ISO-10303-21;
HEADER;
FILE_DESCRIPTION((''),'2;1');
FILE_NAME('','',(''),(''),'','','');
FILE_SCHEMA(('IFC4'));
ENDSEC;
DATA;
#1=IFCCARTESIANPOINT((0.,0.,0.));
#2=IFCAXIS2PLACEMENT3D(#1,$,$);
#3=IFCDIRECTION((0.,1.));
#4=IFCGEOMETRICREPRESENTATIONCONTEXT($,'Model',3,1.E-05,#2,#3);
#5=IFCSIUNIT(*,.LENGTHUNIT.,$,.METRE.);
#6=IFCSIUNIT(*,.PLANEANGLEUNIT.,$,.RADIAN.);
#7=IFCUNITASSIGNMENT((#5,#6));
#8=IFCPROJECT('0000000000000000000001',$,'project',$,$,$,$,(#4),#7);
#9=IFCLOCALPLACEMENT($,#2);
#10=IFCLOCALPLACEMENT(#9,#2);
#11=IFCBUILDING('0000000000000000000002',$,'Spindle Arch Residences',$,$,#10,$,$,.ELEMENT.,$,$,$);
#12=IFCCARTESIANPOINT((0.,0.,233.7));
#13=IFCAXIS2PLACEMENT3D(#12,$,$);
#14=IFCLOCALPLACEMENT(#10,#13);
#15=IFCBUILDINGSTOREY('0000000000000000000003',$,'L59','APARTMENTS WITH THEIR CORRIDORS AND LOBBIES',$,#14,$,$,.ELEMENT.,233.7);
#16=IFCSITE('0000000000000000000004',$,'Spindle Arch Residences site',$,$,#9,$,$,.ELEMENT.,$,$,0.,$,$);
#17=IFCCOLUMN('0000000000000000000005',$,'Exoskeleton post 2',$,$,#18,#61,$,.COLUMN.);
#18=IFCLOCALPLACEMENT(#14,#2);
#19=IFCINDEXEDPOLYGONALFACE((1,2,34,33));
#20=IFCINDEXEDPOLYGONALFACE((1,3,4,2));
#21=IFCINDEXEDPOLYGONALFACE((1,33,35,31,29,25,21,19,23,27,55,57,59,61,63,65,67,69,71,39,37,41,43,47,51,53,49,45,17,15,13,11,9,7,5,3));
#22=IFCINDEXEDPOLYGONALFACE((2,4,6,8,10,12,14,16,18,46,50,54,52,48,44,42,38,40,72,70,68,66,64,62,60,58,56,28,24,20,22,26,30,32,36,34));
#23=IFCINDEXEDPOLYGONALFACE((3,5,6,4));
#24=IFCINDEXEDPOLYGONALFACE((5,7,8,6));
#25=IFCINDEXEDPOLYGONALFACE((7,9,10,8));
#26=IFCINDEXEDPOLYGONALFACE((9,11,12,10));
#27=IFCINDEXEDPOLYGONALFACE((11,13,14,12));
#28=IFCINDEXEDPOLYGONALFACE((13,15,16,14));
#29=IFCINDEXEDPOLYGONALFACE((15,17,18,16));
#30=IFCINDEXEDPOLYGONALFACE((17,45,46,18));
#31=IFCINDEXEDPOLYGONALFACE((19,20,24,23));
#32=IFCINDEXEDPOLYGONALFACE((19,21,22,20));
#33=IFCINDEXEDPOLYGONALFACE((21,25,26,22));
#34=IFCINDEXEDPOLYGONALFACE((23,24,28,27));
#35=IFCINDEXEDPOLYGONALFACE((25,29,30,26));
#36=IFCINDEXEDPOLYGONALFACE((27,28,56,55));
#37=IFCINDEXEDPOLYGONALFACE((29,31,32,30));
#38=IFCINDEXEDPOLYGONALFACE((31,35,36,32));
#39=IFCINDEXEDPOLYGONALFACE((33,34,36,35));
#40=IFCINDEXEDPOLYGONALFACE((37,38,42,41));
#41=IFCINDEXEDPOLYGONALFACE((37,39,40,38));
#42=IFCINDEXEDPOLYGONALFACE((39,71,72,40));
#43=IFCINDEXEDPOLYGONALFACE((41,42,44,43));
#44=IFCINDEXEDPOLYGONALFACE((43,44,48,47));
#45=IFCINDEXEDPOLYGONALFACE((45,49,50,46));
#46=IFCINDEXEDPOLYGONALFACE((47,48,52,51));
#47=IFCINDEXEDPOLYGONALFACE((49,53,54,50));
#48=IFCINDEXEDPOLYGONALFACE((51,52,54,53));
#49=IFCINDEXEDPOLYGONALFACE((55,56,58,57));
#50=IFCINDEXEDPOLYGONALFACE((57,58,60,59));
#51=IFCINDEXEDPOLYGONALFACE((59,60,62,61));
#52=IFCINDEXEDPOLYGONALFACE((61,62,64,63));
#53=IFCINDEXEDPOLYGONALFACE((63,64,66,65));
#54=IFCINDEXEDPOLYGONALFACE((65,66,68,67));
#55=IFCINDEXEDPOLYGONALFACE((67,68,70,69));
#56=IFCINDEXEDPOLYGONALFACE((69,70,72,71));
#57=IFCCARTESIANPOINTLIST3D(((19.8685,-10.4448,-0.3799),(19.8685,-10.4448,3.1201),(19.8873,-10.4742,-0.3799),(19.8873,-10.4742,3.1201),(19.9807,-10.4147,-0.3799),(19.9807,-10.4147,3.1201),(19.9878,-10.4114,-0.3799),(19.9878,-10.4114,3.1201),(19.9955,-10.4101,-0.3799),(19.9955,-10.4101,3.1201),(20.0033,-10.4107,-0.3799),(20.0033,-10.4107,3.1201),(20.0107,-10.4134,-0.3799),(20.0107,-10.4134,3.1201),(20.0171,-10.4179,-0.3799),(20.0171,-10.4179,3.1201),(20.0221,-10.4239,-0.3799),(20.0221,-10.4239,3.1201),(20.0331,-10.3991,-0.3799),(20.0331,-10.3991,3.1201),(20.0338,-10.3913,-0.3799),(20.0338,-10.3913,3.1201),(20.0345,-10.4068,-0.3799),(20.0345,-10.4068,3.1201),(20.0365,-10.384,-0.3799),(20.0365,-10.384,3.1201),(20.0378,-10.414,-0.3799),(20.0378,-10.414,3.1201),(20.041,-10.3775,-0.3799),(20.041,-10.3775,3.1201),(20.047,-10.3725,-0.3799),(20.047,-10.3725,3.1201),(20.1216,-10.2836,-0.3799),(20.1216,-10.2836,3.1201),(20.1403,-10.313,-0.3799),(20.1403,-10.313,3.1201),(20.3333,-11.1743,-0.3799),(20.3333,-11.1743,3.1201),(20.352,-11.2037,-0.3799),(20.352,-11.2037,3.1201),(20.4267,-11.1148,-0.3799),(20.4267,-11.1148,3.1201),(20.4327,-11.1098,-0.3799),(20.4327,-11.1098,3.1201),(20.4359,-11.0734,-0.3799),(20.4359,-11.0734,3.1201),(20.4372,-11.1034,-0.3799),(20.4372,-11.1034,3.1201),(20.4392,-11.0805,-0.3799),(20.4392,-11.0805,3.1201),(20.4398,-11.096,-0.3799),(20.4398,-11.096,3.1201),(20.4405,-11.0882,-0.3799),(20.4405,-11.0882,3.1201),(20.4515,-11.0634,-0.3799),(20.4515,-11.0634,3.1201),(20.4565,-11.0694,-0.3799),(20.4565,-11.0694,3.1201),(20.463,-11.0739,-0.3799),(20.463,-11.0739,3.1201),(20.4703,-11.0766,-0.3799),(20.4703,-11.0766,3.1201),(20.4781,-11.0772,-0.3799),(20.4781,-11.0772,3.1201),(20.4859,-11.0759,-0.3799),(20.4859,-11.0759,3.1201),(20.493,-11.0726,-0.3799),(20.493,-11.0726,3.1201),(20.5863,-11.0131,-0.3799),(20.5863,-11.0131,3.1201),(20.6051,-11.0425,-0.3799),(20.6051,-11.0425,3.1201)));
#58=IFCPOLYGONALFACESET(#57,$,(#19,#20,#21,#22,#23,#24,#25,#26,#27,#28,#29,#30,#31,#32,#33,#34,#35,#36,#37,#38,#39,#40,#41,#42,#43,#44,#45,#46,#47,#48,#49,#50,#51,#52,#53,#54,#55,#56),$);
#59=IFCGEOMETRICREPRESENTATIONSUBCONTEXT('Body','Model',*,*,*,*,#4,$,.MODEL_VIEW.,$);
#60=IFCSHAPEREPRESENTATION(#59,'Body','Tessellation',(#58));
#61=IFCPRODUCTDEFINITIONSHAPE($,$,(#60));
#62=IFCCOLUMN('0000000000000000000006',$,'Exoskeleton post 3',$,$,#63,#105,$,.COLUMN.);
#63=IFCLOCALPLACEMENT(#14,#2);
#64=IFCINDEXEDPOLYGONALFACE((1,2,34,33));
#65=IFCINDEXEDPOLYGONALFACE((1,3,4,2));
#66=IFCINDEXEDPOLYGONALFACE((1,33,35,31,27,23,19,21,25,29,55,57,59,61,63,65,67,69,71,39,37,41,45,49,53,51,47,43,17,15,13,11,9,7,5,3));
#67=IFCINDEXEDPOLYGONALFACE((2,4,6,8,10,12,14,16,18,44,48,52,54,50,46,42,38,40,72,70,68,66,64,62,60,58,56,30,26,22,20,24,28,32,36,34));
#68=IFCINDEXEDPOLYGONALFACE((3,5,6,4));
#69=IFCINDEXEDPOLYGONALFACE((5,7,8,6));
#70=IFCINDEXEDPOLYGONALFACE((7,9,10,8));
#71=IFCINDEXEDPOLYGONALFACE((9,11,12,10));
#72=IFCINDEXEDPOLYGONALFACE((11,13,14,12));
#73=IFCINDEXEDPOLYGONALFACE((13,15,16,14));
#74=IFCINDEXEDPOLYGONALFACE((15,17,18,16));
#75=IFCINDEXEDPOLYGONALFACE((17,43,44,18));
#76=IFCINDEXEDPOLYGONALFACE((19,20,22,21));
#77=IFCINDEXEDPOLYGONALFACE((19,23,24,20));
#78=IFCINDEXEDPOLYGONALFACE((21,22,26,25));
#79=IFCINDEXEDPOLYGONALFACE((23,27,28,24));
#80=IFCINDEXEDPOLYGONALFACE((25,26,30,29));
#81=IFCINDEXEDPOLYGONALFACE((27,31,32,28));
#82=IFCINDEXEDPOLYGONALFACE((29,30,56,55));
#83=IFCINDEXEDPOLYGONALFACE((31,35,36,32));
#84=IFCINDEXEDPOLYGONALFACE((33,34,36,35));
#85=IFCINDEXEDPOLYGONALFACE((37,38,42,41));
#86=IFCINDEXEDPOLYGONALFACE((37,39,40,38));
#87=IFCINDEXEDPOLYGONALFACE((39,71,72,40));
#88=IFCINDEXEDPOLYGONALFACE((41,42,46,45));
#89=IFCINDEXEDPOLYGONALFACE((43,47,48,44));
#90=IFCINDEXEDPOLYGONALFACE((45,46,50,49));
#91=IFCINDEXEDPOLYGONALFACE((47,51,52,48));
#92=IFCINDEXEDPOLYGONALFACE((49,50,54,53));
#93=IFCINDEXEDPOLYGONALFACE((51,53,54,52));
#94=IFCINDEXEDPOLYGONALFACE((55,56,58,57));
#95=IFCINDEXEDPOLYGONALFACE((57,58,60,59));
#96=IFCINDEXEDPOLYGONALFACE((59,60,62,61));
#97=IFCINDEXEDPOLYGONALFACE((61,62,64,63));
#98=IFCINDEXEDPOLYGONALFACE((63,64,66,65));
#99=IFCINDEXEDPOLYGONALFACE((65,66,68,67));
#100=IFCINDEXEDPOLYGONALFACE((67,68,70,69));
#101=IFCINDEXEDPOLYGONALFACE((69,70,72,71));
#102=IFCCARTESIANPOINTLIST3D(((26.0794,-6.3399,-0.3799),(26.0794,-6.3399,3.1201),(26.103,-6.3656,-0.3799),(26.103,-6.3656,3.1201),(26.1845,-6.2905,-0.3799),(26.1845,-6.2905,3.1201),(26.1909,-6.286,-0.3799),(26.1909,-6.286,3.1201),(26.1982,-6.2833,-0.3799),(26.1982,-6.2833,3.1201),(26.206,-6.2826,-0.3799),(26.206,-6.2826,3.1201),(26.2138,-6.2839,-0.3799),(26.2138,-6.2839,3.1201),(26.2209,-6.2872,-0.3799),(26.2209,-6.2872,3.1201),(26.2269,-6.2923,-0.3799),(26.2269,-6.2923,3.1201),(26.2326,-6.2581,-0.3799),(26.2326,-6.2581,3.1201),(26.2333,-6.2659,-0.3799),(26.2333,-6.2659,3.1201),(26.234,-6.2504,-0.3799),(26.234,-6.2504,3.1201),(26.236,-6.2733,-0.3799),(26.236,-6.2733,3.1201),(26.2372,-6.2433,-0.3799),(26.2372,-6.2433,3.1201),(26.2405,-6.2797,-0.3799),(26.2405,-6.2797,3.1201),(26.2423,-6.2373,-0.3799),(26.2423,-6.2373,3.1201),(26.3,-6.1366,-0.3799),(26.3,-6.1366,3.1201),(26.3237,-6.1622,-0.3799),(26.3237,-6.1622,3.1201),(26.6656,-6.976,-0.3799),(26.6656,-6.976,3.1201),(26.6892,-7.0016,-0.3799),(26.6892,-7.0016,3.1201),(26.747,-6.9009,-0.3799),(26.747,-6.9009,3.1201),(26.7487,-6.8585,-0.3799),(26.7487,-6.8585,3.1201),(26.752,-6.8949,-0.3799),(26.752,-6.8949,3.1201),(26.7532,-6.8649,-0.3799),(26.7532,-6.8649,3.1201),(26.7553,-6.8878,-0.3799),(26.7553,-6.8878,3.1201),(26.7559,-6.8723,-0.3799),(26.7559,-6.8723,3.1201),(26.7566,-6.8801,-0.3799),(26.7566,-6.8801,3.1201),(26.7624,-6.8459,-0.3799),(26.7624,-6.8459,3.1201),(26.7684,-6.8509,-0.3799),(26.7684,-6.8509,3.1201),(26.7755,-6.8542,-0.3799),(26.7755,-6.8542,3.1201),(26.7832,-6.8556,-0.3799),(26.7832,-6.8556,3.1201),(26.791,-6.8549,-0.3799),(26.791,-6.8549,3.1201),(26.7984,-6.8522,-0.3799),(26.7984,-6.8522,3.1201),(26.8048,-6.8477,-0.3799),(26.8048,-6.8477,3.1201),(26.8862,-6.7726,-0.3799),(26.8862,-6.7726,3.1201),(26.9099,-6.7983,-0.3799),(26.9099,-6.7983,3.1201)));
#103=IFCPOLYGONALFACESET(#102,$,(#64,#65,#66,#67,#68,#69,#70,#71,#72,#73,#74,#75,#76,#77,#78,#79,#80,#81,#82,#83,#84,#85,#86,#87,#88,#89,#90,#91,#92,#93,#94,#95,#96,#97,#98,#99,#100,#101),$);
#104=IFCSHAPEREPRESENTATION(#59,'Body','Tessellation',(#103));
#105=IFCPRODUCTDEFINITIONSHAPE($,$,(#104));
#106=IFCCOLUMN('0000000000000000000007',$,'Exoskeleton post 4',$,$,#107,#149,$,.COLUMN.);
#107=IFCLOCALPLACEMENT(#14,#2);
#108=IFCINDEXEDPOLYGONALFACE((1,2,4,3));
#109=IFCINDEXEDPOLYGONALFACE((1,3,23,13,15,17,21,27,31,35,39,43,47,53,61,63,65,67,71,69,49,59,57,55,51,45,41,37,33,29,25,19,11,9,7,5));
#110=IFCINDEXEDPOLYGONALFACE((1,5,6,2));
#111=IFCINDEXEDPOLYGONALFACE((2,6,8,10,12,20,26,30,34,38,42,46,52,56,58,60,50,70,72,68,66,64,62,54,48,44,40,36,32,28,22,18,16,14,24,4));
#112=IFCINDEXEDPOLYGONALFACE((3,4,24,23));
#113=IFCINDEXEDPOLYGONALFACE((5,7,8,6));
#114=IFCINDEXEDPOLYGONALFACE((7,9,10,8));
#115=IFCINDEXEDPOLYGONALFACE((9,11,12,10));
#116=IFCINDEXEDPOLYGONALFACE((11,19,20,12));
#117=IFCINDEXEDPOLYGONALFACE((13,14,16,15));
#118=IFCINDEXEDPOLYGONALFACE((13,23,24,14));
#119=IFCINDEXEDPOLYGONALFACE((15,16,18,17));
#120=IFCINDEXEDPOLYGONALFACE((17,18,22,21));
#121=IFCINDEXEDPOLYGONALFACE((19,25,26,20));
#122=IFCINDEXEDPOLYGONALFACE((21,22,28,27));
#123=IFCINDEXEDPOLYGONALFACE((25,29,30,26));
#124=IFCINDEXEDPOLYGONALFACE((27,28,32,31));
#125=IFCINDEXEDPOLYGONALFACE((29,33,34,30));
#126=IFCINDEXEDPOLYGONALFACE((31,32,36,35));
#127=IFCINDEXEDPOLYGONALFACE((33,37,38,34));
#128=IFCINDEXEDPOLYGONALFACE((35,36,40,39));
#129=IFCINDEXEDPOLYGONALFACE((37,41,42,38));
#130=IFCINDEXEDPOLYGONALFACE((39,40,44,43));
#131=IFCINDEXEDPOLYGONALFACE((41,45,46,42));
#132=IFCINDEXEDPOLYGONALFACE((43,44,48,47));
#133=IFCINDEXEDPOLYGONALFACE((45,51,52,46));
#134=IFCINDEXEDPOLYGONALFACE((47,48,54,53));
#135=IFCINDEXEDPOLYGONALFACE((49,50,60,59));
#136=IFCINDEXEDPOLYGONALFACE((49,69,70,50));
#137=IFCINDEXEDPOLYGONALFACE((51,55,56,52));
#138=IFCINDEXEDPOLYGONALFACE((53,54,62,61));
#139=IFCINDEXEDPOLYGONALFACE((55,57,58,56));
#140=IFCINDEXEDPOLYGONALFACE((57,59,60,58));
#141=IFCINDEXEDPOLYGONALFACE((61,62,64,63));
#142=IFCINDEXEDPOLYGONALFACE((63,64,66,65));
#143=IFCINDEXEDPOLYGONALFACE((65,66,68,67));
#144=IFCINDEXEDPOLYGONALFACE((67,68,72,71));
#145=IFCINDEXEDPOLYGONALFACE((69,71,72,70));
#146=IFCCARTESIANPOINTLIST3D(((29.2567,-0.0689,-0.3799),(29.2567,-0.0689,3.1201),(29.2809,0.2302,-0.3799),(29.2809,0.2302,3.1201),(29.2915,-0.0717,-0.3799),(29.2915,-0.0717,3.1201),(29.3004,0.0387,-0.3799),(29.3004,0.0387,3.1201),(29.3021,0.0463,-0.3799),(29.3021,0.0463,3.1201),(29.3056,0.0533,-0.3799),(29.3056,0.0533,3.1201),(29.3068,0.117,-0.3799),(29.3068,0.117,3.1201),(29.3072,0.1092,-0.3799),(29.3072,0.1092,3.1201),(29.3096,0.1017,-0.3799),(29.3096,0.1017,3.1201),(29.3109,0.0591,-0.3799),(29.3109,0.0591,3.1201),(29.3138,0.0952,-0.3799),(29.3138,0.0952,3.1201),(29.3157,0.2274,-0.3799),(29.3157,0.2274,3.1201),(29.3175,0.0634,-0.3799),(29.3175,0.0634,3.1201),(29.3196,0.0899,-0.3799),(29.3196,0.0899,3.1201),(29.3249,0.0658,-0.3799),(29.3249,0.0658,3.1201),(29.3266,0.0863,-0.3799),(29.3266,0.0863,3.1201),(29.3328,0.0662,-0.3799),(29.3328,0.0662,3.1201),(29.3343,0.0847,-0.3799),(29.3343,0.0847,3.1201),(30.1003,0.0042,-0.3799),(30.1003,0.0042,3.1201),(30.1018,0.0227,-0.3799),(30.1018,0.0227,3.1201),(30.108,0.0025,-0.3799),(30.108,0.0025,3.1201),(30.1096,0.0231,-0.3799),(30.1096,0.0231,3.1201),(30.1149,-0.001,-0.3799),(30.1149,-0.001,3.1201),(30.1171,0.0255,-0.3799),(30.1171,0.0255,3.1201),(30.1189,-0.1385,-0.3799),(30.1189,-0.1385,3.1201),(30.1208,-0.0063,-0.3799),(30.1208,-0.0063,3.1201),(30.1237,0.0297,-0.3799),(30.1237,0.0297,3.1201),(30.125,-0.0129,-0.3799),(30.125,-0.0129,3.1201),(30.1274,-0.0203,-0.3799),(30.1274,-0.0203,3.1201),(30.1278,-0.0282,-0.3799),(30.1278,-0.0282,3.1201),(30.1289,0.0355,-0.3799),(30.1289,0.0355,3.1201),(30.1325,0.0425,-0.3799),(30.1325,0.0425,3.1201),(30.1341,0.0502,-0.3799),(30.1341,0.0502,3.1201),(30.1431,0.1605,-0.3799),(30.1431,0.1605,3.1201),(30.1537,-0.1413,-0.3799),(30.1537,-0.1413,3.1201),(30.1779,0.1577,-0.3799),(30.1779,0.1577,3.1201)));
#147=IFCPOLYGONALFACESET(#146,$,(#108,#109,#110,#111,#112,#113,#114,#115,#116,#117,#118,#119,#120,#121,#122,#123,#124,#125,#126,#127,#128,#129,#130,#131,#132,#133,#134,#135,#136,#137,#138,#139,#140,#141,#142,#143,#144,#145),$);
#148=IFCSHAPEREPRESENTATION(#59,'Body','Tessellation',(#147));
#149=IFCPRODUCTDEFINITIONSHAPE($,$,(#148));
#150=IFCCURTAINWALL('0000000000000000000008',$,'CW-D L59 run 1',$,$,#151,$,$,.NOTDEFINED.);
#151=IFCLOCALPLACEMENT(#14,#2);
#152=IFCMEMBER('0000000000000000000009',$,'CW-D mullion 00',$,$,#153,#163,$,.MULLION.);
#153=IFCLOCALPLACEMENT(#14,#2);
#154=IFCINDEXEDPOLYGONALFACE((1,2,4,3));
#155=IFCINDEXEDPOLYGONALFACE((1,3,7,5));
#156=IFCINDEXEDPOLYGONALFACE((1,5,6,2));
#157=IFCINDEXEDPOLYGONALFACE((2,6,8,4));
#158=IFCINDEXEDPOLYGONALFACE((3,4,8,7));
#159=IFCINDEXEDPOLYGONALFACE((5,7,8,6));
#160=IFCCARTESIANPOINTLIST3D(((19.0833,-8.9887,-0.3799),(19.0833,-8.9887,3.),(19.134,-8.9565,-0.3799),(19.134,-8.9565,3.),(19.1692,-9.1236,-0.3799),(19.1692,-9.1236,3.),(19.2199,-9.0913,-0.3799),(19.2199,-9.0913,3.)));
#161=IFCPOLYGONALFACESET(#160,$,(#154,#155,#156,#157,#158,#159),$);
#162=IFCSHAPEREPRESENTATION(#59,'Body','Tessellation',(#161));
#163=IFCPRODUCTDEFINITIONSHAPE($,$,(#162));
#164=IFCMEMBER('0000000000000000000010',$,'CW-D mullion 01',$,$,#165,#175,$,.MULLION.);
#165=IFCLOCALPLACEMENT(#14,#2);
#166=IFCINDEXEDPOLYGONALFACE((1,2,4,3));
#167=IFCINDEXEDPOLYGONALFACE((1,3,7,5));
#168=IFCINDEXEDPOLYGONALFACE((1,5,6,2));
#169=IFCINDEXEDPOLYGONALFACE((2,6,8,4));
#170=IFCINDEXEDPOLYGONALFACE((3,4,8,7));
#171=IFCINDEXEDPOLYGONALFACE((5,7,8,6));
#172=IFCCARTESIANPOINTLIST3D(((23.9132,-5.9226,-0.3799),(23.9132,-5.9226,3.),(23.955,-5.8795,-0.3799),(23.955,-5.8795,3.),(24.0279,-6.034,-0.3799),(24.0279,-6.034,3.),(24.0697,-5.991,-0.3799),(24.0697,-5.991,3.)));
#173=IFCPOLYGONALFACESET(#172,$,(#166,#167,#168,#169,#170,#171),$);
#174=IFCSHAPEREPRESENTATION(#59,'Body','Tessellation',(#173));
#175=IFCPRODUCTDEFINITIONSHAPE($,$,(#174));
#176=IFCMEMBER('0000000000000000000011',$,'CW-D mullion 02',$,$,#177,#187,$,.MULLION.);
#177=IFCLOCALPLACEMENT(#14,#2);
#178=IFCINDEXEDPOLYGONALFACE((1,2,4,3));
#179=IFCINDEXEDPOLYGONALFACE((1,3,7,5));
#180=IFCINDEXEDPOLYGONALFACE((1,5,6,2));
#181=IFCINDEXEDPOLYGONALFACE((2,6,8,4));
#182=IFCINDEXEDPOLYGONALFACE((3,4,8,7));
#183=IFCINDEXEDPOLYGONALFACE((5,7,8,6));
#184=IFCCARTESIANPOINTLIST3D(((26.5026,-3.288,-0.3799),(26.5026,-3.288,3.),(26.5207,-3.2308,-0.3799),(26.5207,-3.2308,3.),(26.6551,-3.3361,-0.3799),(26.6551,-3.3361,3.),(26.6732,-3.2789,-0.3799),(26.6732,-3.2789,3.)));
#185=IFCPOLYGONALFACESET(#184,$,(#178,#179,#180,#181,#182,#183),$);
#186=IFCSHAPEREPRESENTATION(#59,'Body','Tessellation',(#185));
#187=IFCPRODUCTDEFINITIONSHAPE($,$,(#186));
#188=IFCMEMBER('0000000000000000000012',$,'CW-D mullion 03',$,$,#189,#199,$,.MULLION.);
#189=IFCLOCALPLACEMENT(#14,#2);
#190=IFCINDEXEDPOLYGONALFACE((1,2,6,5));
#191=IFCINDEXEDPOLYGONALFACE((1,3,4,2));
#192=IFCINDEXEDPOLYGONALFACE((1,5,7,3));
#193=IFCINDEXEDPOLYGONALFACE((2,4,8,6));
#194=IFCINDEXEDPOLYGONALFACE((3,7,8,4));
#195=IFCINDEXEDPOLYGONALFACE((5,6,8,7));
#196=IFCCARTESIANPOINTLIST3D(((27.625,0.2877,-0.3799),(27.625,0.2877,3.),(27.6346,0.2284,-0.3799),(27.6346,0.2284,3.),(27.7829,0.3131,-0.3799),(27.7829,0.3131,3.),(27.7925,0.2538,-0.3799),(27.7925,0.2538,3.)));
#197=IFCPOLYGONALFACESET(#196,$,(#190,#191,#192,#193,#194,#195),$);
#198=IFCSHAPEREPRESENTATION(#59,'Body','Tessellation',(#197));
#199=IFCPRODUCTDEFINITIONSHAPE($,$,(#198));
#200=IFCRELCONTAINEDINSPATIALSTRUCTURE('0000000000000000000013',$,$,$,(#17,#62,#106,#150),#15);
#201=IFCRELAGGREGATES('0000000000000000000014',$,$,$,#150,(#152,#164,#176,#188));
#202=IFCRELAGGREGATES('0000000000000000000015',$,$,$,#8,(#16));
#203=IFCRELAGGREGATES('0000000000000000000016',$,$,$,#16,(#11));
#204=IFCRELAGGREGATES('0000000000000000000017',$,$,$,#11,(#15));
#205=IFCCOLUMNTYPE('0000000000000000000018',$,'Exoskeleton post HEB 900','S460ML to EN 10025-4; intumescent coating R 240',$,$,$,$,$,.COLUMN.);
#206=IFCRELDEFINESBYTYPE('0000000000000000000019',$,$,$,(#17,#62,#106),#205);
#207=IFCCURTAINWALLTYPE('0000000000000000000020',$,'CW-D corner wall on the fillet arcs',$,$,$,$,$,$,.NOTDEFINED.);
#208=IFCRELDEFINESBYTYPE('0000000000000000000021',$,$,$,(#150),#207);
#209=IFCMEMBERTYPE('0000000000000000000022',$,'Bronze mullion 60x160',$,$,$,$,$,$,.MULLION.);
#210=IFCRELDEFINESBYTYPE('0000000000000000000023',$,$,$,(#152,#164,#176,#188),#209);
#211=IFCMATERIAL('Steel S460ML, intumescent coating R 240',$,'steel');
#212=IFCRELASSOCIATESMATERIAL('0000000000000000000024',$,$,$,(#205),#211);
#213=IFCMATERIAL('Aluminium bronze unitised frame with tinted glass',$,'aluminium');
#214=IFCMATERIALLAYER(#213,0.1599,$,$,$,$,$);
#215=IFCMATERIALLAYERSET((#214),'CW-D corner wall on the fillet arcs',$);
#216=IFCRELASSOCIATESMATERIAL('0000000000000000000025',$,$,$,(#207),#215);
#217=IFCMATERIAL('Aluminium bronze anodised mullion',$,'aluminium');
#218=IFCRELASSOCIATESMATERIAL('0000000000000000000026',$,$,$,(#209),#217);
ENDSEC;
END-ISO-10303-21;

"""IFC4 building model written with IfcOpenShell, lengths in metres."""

from ifc_helpers import new_model, si_unit, direction, frame, origin, origin_2d, place, context, subcontext, project, spatial, rectangle, i_section, extrude, material, layer, layer_set, material_profile, profile_set, type_object, element, aggregate, save


model = new_model("IFC4")

# Units and contexts
model_context = context("Model", 3, precision=1e-05, world=origin(), true_north=direction((0.0, 1.0)))
body_context = subcontext(model_context, "Body", "Model", "MODEL_VIEW")
ifc_project = project(units=[si_unit("LENGTHUNIT", "METRE"), si_unit("PLANEANGLEUNIT", "RADIAN")], contexts=[model_context])

# Site, building, storey
site_placement = place(None, origin())
site = spatial("IfcSite", under=ifc_project, at=site_placement, Name="Spindle Arch Residences site", CompositionType="ELEMENT", RefElevation=0.0)
building_placement = place(site_placement, origin())
building = spatial("IfcBuilding", under=site, at=building_placement, Name="Spindle Arch Residences", CompositionType="ELEMENT")
storey_placement = place(building_placement, frame((0.0, 0.0, 233.7)))
storey = spatial("IfcBuildingStorey", under=building, at=storey_placement, Name="L59", Description="APARTMENTS WITH THEIR CORRIDORS AND LOBBIES", CompositionType="ELEMENT", Elevation=233.7)

# Columns
ifc_material_1 = material(Name="Steel S460ML, intumescent coating R 240", Category="steel")
ifc_material_profile_1 = material_profile(ifc_material_1, i_section(OverallWidth=0.3, OverallDepth=0.8999, WebThickness=0.0186, FlangeThickness=0.0349, FilletRadius=0.03, at=origin_2d()), Name="HEB 900")
ifc_profile_set_1 = profile_set([ifc_material_profile_1], Name="Steel S460ML, intumescent coating R 240")
column_type = type_object("IfcColumnType", Name="Exoskeleton post HEB 900", Description="S460ML to EN 10025-4; intumescent coating R 240", PredefinedType="COLUMN", material=ifc_profile_set_1)
for number, where, z_axis, x_axis, name in (
    (1, (20.2368, -10.7437, -0.3799), (0.0, 0.0, 1.0), (-0.843391, -0.5373, 0.0), "Exoskeleton post 2"),
    (2, (26.4946, -6.5691, -0.3799), (0.0, 0.0, 1.0), (-0.735347, -0.677691, 0.0), "Exoskeleton post 3"),
    (3, (29.7173, 0.0444, -0.3799), (0.0, 0.0, 1.0), (-0.080538, -0.996752, 0.0), "Exoskeleton post 4"),
):
    element("IfcColumn", number, at=place(storey_placement, frame(where, z_axis=z_axis, x_axis=x_axis)), inside=storey, type_object=column_type, Name=name, PredefinedType="COLUMN", context=body_context, shape_type="SweptSolid", body=[
        extrude(i_section(OverallWidth=0.3, OverallDepth=0.8999, WebThickness=0.0186, FlangeThickness=0.0349, FilletRadius=0.03, at=origin_2d()), origin(), (0.0, 0.0, 1.0), 3.5),
    ])

# Curtain wall, members
ifc_material_2 = material(Name="Aluminium bronze unitised frame with tinted glass", Category="aluminium")
ifc_layer_1 = layer(ifc_material_2, 0.1599)
ifc_layer_set_1 = layer_set([ifc_layer_1], Name="CW-D corner wall on the fillet arcs")
curtain_wall_type = type_object("IfcCurtainWallType", Name="CW-D corner wall on the fillet arcs", PredefinedType="NOTDEFINED", material=ifc_layer_set_1)
curtain_wall_placement = place(storey_placement, origin())
curtain_wall = element("IfcCurtainWall", 4, at=curtain_wall_placement, inside=storey, type_object=curtain_wall_type, Name="CW-D L59 run 1", PredefinedType="NOTDEFINED")
ifc_material_3 = material(Name="Aluminium bronze anodised mullion", Category="aluminium")
ifc_material_profile_2 = material_profile(ifc_material_3, rectangle(XDim=0.1599, YDim=0.0601, at=origin_2d()), Name="MU 60x160")
ifc_profile_set_2 = profile_set([ifc_material_profile_2], Name="Aluminium bronze anodised mullion")
member_type_1 = type_object("IfcMemberType", Name="Bronze mullion 60x160", PredefinedType="MULLION", material=ifc_profile_set_2)
member_1_placement = place(storey_placement, frame((19.1516, -9.04, -0.3799), z_axis=(0.0, 0.0, 1.0), x_axis=(-0.5373, 0.843391, 0.0)))
member_1 = element("IfcMember", 5, at=member_1_placement, type_object=member_type_1, Name="CW-D mullion 00", PredefinedType="MULLION", context=body_context, shape_type="SweptSolid", body=[
    extrude(rectangle(XDim=0.1599, YDim=0.0601, at=origin_2d()), origin(), (0.0, 0.0, 1.0), 3.3799),
])
member_2_placement = place(storey_placement, frame((23.9915, -5.9568, -0.3799), z_axis=(0.0, 0.0, 1.0), x_axis=(-0.717316, 0.696748, 0.0)))
member_2 = element("IfcMember", 6, at=member_2_placement, type_object=member_type_1, Name="CW-D mullion 01", PredefinedType="MULLION", context=body_context, shape_type="SweptSolid", body=[
    extrude(rectangle(XDim=0.1599, YDim=0.0601, at=origin_2d()), origin(), (0.0, 0.0, 1.0), 3.3799),
])
member_3_placement = place(storey_placement, frame((26.5879, -3.2834, -0.3799), z_axis=(0.0, 0.0, 1.0), x_axis=(-0.953717, 0.300706, 0.0)))
member_3 = element("IfcMember", 7, at=member_3_placement, type_object=member_type_1, Name="CW-D mullion 02", PredefinedType="MULLION", context=body_context, shape_type="SweptSolid", body=[
    extrude(rectangle(XDim=0.1599, YDim=0.0601, at=origin_2d()), origin(), (0.0, 0.0, 1.0), 3.3799),
])
member_4_placement = place(storey_placement, frame((27.7087, 0.2708, -0.3799), z_axis=(0.0, 0.0, 1.0), x_axis=(-0.987229, -0.159307, 0.0)))
member_4 = element("IfcMember", 8, at=member_4_placement, type_object=member_type_1, Name="CW-D mullion 03", PredefinedType="MULLION", context=body_context, shape_type="SweptSolid", body=[
    extrude(rectangle(XDim=0.1599, YDim=0.0601, at=origin_2d()), origin(), (0.0, 0.0, 1.0), 3.3799),
])

aggregate(curtain_wall, [member_1, member_2, member_3, member_4])

save(model, "model.ifc")
